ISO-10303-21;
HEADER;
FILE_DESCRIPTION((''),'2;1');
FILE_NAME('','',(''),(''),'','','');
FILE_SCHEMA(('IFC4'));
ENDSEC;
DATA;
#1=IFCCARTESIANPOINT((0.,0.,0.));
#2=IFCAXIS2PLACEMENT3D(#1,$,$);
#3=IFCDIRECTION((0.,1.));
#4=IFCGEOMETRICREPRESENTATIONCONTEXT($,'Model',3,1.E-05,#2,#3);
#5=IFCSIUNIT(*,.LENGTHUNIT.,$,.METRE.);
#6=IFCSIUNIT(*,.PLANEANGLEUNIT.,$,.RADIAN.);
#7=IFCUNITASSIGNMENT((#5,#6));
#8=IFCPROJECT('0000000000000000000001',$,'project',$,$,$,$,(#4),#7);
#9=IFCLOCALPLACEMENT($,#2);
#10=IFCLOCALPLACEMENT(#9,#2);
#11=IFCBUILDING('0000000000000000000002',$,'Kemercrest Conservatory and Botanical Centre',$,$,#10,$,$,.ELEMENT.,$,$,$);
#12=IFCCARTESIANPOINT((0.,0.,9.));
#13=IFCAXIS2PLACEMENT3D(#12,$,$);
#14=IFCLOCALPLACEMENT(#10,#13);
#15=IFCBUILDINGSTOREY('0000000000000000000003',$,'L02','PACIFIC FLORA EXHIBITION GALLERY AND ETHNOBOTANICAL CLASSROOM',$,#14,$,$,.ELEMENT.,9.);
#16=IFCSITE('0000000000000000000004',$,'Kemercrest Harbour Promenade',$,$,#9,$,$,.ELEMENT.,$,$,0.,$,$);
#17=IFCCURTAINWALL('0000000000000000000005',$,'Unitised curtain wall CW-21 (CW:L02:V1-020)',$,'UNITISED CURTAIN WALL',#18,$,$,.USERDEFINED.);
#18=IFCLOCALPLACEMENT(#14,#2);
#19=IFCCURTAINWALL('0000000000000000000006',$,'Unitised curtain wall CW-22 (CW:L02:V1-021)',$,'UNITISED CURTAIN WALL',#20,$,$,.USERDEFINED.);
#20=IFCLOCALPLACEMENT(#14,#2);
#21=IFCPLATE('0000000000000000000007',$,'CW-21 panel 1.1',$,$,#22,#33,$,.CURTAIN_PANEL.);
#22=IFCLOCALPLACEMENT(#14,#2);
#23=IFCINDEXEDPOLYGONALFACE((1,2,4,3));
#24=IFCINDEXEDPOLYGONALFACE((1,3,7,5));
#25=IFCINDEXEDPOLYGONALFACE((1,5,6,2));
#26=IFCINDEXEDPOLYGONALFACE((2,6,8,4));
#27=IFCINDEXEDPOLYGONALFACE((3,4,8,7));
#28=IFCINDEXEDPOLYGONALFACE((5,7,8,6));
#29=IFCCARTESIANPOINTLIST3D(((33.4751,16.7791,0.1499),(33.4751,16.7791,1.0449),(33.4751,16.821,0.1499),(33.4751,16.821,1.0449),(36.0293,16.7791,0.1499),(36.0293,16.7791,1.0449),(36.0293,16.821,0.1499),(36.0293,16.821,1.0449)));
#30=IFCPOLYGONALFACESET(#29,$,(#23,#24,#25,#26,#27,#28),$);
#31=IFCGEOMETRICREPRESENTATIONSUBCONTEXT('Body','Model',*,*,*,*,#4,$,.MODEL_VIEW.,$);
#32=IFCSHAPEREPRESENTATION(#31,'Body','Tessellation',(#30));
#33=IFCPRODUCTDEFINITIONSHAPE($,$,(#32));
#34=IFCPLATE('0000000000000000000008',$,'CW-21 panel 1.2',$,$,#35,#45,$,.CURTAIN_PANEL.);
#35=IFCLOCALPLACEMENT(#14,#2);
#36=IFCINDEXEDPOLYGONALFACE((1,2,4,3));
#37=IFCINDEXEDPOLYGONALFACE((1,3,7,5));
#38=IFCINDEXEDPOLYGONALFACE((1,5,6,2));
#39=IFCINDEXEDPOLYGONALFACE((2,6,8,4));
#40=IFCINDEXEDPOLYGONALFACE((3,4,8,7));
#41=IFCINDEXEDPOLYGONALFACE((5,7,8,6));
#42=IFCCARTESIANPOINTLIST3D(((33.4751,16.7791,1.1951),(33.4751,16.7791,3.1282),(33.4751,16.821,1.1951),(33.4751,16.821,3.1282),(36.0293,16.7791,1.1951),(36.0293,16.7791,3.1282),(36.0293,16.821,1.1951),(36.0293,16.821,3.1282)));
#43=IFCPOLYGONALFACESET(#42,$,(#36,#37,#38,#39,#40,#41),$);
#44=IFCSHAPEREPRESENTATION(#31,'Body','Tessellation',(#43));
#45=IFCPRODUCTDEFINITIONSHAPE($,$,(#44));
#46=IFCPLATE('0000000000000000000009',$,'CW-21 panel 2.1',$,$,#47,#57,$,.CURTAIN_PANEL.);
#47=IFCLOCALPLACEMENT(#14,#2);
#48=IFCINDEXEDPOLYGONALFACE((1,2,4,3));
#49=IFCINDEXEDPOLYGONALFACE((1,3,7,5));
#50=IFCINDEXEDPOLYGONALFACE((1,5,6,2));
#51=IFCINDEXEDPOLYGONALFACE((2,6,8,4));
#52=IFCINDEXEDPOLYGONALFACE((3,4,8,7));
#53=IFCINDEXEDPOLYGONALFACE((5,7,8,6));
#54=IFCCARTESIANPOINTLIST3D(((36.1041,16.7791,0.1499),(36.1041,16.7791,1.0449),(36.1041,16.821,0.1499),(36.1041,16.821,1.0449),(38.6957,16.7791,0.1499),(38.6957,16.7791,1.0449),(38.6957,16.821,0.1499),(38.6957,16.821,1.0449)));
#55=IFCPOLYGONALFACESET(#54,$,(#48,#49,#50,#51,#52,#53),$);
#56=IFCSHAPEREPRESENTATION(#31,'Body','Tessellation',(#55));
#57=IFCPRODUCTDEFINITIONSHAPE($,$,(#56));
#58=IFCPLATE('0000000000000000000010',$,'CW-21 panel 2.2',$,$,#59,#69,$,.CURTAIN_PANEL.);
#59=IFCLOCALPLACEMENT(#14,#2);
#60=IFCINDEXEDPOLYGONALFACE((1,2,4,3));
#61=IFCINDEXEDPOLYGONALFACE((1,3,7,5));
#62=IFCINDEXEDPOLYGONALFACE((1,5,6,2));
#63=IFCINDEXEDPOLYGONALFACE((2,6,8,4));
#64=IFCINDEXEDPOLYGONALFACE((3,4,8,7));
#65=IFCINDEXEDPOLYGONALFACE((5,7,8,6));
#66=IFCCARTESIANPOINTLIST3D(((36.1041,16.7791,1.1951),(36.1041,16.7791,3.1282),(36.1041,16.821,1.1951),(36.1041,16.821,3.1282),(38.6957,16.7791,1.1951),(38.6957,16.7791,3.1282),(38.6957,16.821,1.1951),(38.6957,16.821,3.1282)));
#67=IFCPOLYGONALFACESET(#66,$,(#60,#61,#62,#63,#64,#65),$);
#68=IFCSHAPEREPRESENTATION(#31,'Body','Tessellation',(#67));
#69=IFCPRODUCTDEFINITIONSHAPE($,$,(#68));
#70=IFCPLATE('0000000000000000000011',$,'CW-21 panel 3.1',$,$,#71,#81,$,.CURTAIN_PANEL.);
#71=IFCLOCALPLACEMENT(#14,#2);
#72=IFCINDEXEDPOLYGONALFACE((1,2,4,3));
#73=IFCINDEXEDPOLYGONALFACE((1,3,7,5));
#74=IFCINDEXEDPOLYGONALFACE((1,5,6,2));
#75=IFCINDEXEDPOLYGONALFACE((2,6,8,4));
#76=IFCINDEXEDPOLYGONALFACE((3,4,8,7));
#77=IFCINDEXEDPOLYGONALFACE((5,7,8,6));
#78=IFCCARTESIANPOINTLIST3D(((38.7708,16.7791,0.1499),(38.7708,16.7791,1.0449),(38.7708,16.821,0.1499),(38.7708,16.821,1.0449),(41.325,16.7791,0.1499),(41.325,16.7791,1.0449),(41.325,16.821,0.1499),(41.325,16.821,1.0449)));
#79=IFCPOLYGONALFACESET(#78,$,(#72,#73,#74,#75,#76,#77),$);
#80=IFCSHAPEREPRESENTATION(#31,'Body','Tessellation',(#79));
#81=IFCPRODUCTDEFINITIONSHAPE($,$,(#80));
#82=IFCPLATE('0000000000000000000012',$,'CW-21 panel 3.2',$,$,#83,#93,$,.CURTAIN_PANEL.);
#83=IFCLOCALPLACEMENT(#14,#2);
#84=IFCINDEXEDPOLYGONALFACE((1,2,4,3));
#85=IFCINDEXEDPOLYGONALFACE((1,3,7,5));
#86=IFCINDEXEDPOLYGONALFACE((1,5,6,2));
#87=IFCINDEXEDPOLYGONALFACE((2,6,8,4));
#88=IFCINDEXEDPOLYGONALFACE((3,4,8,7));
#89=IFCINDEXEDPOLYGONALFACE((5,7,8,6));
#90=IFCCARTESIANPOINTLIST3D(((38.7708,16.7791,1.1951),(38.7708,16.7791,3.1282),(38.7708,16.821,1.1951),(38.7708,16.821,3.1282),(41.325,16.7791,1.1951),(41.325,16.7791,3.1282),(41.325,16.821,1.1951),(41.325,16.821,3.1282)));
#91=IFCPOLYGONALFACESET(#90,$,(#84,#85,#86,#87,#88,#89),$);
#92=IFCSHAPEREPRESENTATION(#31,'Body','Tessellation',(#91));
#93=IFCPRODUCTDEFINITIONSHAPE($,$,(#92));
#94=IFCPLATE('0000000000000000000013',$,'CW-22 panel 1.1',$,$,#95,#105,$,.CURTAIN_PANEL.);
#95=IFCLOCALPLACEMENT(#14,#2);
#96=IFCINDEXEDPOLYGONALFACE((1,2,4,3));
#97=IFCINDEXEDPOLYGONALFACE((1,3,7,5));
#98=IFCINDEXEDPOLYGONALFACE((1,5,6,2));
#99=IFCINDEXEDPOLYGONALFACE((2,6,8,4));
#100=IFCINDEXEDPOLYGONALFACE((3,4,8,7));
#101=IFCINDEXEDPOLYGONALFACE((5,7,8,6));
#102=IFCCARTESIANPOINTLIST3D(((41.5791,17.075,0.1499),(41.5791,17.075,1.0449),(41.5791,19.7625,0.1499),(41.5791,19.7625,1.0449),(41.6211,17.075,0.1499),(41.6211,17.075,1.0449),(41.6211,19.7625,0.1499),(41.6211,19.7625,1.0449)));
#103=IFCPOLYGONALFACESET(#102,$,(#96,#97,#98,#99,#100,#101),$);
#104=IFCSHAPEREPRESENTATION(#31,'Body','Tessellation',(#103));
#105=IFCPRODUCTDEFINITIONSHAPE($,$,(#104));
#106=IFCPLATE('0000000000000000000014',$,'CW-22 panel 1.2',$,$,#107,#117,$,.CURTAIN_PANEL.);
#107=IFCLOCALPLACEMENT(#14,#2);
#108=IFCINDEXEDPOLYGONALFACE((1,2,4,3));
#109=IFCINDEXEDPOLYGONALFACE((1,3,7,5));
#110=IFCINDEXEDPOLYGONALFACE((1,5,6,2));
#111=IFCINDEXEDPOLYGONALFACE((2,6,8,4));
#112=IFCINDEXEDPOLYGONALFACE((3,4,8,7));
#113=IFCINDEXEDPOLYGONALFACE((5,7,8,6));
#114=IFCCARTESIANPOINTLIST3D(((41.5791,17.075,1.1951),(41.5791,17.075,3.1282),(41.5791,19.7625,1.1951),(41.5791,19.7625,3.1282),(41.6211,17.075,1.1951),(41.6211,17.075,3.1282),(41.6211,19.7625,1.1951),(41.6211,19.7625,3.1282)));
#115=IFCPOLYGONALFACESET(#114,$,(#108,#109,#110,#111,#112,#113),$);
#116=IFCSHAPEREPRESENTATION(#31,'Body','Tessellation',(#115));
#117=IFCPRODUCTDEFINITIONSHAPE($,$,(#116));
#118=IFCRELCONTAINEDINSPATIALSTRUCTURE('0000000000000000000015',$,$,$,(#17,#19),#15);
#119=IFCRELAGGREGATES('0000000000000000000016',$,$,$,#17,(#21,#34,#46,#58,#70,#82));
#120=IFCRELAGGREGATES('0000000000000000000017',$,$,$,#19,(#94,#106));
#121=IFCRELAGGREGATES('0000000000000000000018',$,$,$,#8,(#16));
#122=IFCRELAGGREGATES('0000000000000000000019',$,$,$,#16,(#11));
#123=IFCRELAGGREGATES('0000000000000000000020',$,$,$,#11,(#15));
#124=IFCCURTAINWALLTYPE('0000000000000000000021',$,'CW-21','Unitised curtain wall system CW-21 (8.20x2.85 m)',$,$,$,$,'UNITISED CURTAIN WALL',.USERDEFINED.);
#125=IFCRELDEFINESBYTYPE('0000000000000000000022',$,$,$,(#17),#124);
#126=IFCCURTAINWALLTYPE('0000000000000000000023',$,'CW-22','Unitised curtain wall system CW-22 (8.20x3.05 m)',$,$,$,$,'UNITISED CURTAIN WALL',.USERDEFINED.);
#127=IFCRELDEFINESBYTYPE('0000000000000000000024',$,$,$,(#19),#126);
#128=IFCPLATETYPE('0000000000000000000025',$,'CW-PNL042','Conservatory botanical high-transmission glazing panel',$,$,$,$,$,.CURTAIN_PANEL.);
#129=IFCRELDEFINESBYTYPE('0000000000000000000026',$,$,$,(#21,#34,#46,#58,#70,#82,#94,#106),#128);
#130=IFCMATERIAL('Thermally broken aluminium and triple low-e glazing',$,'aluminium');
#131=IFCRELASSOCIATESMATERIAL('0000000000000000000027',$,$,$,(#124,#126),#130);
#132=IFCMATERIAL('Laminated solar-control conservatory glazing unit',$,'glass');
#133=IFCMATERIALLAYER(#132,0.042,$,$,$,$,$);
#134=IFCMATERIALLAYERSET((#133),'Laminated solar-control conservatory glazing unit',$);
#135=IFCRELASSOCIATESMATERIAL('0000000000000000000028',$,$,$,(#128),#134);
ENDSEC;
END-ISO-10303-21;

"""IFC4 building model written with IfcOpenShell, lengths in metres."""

from ifc_helpers import new_model, si_unit, direction, frame, origin, origin_2d, place, context, subcontext, project, spatial, rectangle, extrude, material, layer, layer_set, type_object, element, aggregate, save


model = new_model("IFC4")

# Units and contexts
model_context = context("Model", 3, precision=1e-05, world=origin(), true_north=direction((0.0, 1.0)))
body_context = subcontext(model_context, "Body", "Model", "MODEL_VIEW")
ifc_project = project(units=[si_unit("LENGTHUNIT", "METRE"), si_unit("PLANEANGLEUNIT", "RADIAN")], contexts=[model_context])

# Site, building, storey
site_placement = place(None, origin())
site = spatial("IfcSite", under=ifc_project, at=site_placement, Name="Kemercrest Harbour Promenade", CompositionType="ELEMENT", RefElevation=0.0)
building_placement = place(site_placement, origin())
building = spatial("IfcBuilding", under=site, at=building_placement, Name="Kemercrest Conservatory and Botanical Centre", CompositionType="ELEMENT")
storey_placement = place(building_placement, frame((0.0, 0.0, 9.0)))
storey = spatial("IfcBuildingStorey", under=building, at=storey_placement, Name="L02", Description="PACIFIC FLORA EXHIBITION GALLERY AND ETHNOBOTANICAL CLASSROOM", CompositionType="ELEMENT", Elevation=9.0)

# Curtain walls
ifc_material_1 = material(Name="Thermally broken aluminium and triple low-e glazing", Category="aluminium")
curtain_wall_type_1 = type_object("IfcCurtainWallType", Name="CW-21", Description="Unitised curtain wall system CW-21 (8.20x2.85 m)", ElementType="UNITISED CURTAIN WALL", PredefinedType="USERDEFINED", material=ifc_material_1)
curtain_wall_1_placement = place(storey_placement, origin())
curtain_wall_1 = element("IfcCurtainWall", 1, at=curtain_wall_1_placement, inside=storey, type_object=curtain_wall_type_1, Name="Unitised curtain wall CW-21 (CW:L02:V1-020)", ObjectType="UNITISED CURTAIN WALL", PredefinedType="USERDEFINED")
curtain_wall_type_2 = type_object("IfcCurtainWallType", Name="CW-22", Description="Unitised curtain wall system CW-22 (8.20x3.05 m)", ElementType="UNITISED CURTAIN WALL", PredefinedType="USERDEFINED", material=ifc_material_1)
curtain_wall_2_placement = place(storey_placement, origin())
curtain_wall_2 = element("IfcCurtainWall", 2, at=curtain_wall_2_placement, inside=storey, type_object=curtain_wall_type_2, Name="Unitised curtain wall CW-22 (CW:L02:V1-021)", ObjectType="UNITISED CURTAIN WALL", PredefinedType="USERDEFINED")

# Plates
ifc_material_2 = material(Name="Laminated solar-control conservatory glazing unit", Category="glass")
ifc_layer = layer(ifc_material_2, 0.042)
ifc_layer_set = layer_set([ifc_layer], Name="Laminated solar-control conservatory glazing unit")
plate_type = type_object("IfcPlateType", Name="CW-PNL042", Description="Conservatory botanical high-transmission glazing panel", PredefinedType="CURTAIN_PANEL", material=ifc_layer_set)
plate_1_placement = place(storey_placement, frame((34.7522, 16.8, 0.1499), z_axis=(0.0, 0.0, 1.0), x_axis=(1.0, 0.0, 0.0)))
plate_1 = element("IfcPlate", 3, at=plate_1_placement, type_object=plate_type, Name="CW-21 panel 1.1", PredefinedType="CURTAIN_PANEL", context=body_context, shape_type="SweptSolid", body=[
    extrude(rectangle(XDim=2.5542, YDim=0.042, at=origin_2d()), origin(), (0.0, 0.0, 1.0), 0.895),
])
plate_2_placement = place(storey_placement, frame((34.7522, 16.8, 1.1951), z_axis=(0.0, 0.0, 1.0), x_axis=(1.0, 0.0, 0.0)))
plate_2 = element("IfcPlate", 4, at=plate_2_placement, type_object=plate_type, Name="CW-21 panel 1.2", PredefinedType="CURTAIN_PANEL", context=body_context, shape_type="SweptSolid", body=[
    extrude(rectangle(XDim=2.5542, YDim=0.042, at=origin_2d()), origin(), (0.0, 0.0, 1.0), 1.9331),
])
plate_3_placement = place(storey_placement, frame((37.3999, 16.8, 0.1499), z_axis=(0.0, 0.0, 1.0), x_axis=(1.0, 0.0, 0.0)))
plate_3 = element("IfcPlate", 5, at=plate_3_placement, type_object=plate_type, Name="CW-21 panel 2.1", PredefinedType="CURTAIN_PANEL", context=body_context, shape_type="SweptSolid", body=[
    extrude(rectangle(XDim=2.5916, YDim=0.042, at=origin_2d()), origin(), (0.0, 0.0, 1.0), 0.895),
])
plate_4_placement = place(storey_placement, frame((37.3999, 16.8, 1.1951), z_axis=(0.0, 0.0, 1.0), x_axis=(1.0, 0.0, 0.0)))
plate_4 = element("IfcPlate", 6, at=plate_4_placement, type_object=plate_type, Name="CW-21 panel 2.2", PredefinedType="CURTAIN_PANEL", context=body_context, shape_type="SweptSolid", body=[
    extrude(rectangle(XDim=2.5916, YDim=0.042, at=origin_2d()), origin(), (0.0, 0.0, 1.0), 1.9331),
])
plate_5_placement = place(storey_placement, frame((40.0479, 16.8, 0.1499), z_axis=(0.0, 0.0, 1.0), x_axis=(1.0, 0.0, 0.0)))
plate_5 = element("IfcPlate", 7, at=plate_5_placement, type_object=plate_type, Name="CW-21 panel 3.1", PredefinedType="CURTAIN_PANEL", context=body_context, shape_type="SweptSolid", body=[
    extrude(rectangle(XDim=2.5542, YDim=0.042, at=origin_2d()), origin(), (0.0, 0.0, 1.0), 0.895),
])
plate_6_placement = place(storey_placement, frame((40.0479, 16.8, 1.1951), z_axis=(0.0, 0.0, 1.0), x_axis=(1.0, 0.0, 0.0)))
plate_6 = element("IfcPlate", 8, at=plate_6_placement, type_object=plate_type, Name="CW-21 panel 3.2", PredefinedType="CURTAIN_PANEL", context=body_context, shape_type="SweptSolid", body=[
    extrude(rectangle(XDim=2.5542, YDim=0.042, at=origin_2d()), origin(), (0.0, 0.0, 1.0), 1.9331),
])
aggregate(curtain_wall_1, [plate_1, plate_2, plate_3, plate_4, plate_5, plate_6])
plate_7_placement = place(storey_placement, frame((41.6001, 18.4187, 0.1499), z_axis=(0.0, 0.0, 1.0), x_axis=(0.0, 1.0, 0.0)))
plate_7 = element("IfcPlate", 9, at=plate_7_placement, type_object=plate_type, Name="CW-22 panel 1.1", PredefinedType="CURTAIN_PANEL", context=body_context, shape_type="SweptSolid", body=[
    extrude(rectangle(XDim=2.6875, YDim=0.042, at=origin_2d()), origin(), (0.0, 0.0, 1.0), 0.895),
])
plate_8_placement = place(storey_placement, frame((41.6001, 18.4187, 1.1951), z_axis=(0.0, 0.0, 1.0), x_axis=(0.0, 1.0, 0.0)))
plate_8 = element("IfcPlate", 10, at=plate_8_placement, type_object=plate_type, Name="CW-22 panel 1.2", PredefinedType="CURTAIN_PANEL", context=body_context, shape_type="SweptSolid", body=[
    extrude(rectangle(XDim=2.6875, YDim=0.042, at=origin_2d()), origin(), (0.0, 0.0, 1.0), 1.9331),
])
aggregate(curtain_wall_2, [plate_7, plate_8])

save(model, "model.ifc")
